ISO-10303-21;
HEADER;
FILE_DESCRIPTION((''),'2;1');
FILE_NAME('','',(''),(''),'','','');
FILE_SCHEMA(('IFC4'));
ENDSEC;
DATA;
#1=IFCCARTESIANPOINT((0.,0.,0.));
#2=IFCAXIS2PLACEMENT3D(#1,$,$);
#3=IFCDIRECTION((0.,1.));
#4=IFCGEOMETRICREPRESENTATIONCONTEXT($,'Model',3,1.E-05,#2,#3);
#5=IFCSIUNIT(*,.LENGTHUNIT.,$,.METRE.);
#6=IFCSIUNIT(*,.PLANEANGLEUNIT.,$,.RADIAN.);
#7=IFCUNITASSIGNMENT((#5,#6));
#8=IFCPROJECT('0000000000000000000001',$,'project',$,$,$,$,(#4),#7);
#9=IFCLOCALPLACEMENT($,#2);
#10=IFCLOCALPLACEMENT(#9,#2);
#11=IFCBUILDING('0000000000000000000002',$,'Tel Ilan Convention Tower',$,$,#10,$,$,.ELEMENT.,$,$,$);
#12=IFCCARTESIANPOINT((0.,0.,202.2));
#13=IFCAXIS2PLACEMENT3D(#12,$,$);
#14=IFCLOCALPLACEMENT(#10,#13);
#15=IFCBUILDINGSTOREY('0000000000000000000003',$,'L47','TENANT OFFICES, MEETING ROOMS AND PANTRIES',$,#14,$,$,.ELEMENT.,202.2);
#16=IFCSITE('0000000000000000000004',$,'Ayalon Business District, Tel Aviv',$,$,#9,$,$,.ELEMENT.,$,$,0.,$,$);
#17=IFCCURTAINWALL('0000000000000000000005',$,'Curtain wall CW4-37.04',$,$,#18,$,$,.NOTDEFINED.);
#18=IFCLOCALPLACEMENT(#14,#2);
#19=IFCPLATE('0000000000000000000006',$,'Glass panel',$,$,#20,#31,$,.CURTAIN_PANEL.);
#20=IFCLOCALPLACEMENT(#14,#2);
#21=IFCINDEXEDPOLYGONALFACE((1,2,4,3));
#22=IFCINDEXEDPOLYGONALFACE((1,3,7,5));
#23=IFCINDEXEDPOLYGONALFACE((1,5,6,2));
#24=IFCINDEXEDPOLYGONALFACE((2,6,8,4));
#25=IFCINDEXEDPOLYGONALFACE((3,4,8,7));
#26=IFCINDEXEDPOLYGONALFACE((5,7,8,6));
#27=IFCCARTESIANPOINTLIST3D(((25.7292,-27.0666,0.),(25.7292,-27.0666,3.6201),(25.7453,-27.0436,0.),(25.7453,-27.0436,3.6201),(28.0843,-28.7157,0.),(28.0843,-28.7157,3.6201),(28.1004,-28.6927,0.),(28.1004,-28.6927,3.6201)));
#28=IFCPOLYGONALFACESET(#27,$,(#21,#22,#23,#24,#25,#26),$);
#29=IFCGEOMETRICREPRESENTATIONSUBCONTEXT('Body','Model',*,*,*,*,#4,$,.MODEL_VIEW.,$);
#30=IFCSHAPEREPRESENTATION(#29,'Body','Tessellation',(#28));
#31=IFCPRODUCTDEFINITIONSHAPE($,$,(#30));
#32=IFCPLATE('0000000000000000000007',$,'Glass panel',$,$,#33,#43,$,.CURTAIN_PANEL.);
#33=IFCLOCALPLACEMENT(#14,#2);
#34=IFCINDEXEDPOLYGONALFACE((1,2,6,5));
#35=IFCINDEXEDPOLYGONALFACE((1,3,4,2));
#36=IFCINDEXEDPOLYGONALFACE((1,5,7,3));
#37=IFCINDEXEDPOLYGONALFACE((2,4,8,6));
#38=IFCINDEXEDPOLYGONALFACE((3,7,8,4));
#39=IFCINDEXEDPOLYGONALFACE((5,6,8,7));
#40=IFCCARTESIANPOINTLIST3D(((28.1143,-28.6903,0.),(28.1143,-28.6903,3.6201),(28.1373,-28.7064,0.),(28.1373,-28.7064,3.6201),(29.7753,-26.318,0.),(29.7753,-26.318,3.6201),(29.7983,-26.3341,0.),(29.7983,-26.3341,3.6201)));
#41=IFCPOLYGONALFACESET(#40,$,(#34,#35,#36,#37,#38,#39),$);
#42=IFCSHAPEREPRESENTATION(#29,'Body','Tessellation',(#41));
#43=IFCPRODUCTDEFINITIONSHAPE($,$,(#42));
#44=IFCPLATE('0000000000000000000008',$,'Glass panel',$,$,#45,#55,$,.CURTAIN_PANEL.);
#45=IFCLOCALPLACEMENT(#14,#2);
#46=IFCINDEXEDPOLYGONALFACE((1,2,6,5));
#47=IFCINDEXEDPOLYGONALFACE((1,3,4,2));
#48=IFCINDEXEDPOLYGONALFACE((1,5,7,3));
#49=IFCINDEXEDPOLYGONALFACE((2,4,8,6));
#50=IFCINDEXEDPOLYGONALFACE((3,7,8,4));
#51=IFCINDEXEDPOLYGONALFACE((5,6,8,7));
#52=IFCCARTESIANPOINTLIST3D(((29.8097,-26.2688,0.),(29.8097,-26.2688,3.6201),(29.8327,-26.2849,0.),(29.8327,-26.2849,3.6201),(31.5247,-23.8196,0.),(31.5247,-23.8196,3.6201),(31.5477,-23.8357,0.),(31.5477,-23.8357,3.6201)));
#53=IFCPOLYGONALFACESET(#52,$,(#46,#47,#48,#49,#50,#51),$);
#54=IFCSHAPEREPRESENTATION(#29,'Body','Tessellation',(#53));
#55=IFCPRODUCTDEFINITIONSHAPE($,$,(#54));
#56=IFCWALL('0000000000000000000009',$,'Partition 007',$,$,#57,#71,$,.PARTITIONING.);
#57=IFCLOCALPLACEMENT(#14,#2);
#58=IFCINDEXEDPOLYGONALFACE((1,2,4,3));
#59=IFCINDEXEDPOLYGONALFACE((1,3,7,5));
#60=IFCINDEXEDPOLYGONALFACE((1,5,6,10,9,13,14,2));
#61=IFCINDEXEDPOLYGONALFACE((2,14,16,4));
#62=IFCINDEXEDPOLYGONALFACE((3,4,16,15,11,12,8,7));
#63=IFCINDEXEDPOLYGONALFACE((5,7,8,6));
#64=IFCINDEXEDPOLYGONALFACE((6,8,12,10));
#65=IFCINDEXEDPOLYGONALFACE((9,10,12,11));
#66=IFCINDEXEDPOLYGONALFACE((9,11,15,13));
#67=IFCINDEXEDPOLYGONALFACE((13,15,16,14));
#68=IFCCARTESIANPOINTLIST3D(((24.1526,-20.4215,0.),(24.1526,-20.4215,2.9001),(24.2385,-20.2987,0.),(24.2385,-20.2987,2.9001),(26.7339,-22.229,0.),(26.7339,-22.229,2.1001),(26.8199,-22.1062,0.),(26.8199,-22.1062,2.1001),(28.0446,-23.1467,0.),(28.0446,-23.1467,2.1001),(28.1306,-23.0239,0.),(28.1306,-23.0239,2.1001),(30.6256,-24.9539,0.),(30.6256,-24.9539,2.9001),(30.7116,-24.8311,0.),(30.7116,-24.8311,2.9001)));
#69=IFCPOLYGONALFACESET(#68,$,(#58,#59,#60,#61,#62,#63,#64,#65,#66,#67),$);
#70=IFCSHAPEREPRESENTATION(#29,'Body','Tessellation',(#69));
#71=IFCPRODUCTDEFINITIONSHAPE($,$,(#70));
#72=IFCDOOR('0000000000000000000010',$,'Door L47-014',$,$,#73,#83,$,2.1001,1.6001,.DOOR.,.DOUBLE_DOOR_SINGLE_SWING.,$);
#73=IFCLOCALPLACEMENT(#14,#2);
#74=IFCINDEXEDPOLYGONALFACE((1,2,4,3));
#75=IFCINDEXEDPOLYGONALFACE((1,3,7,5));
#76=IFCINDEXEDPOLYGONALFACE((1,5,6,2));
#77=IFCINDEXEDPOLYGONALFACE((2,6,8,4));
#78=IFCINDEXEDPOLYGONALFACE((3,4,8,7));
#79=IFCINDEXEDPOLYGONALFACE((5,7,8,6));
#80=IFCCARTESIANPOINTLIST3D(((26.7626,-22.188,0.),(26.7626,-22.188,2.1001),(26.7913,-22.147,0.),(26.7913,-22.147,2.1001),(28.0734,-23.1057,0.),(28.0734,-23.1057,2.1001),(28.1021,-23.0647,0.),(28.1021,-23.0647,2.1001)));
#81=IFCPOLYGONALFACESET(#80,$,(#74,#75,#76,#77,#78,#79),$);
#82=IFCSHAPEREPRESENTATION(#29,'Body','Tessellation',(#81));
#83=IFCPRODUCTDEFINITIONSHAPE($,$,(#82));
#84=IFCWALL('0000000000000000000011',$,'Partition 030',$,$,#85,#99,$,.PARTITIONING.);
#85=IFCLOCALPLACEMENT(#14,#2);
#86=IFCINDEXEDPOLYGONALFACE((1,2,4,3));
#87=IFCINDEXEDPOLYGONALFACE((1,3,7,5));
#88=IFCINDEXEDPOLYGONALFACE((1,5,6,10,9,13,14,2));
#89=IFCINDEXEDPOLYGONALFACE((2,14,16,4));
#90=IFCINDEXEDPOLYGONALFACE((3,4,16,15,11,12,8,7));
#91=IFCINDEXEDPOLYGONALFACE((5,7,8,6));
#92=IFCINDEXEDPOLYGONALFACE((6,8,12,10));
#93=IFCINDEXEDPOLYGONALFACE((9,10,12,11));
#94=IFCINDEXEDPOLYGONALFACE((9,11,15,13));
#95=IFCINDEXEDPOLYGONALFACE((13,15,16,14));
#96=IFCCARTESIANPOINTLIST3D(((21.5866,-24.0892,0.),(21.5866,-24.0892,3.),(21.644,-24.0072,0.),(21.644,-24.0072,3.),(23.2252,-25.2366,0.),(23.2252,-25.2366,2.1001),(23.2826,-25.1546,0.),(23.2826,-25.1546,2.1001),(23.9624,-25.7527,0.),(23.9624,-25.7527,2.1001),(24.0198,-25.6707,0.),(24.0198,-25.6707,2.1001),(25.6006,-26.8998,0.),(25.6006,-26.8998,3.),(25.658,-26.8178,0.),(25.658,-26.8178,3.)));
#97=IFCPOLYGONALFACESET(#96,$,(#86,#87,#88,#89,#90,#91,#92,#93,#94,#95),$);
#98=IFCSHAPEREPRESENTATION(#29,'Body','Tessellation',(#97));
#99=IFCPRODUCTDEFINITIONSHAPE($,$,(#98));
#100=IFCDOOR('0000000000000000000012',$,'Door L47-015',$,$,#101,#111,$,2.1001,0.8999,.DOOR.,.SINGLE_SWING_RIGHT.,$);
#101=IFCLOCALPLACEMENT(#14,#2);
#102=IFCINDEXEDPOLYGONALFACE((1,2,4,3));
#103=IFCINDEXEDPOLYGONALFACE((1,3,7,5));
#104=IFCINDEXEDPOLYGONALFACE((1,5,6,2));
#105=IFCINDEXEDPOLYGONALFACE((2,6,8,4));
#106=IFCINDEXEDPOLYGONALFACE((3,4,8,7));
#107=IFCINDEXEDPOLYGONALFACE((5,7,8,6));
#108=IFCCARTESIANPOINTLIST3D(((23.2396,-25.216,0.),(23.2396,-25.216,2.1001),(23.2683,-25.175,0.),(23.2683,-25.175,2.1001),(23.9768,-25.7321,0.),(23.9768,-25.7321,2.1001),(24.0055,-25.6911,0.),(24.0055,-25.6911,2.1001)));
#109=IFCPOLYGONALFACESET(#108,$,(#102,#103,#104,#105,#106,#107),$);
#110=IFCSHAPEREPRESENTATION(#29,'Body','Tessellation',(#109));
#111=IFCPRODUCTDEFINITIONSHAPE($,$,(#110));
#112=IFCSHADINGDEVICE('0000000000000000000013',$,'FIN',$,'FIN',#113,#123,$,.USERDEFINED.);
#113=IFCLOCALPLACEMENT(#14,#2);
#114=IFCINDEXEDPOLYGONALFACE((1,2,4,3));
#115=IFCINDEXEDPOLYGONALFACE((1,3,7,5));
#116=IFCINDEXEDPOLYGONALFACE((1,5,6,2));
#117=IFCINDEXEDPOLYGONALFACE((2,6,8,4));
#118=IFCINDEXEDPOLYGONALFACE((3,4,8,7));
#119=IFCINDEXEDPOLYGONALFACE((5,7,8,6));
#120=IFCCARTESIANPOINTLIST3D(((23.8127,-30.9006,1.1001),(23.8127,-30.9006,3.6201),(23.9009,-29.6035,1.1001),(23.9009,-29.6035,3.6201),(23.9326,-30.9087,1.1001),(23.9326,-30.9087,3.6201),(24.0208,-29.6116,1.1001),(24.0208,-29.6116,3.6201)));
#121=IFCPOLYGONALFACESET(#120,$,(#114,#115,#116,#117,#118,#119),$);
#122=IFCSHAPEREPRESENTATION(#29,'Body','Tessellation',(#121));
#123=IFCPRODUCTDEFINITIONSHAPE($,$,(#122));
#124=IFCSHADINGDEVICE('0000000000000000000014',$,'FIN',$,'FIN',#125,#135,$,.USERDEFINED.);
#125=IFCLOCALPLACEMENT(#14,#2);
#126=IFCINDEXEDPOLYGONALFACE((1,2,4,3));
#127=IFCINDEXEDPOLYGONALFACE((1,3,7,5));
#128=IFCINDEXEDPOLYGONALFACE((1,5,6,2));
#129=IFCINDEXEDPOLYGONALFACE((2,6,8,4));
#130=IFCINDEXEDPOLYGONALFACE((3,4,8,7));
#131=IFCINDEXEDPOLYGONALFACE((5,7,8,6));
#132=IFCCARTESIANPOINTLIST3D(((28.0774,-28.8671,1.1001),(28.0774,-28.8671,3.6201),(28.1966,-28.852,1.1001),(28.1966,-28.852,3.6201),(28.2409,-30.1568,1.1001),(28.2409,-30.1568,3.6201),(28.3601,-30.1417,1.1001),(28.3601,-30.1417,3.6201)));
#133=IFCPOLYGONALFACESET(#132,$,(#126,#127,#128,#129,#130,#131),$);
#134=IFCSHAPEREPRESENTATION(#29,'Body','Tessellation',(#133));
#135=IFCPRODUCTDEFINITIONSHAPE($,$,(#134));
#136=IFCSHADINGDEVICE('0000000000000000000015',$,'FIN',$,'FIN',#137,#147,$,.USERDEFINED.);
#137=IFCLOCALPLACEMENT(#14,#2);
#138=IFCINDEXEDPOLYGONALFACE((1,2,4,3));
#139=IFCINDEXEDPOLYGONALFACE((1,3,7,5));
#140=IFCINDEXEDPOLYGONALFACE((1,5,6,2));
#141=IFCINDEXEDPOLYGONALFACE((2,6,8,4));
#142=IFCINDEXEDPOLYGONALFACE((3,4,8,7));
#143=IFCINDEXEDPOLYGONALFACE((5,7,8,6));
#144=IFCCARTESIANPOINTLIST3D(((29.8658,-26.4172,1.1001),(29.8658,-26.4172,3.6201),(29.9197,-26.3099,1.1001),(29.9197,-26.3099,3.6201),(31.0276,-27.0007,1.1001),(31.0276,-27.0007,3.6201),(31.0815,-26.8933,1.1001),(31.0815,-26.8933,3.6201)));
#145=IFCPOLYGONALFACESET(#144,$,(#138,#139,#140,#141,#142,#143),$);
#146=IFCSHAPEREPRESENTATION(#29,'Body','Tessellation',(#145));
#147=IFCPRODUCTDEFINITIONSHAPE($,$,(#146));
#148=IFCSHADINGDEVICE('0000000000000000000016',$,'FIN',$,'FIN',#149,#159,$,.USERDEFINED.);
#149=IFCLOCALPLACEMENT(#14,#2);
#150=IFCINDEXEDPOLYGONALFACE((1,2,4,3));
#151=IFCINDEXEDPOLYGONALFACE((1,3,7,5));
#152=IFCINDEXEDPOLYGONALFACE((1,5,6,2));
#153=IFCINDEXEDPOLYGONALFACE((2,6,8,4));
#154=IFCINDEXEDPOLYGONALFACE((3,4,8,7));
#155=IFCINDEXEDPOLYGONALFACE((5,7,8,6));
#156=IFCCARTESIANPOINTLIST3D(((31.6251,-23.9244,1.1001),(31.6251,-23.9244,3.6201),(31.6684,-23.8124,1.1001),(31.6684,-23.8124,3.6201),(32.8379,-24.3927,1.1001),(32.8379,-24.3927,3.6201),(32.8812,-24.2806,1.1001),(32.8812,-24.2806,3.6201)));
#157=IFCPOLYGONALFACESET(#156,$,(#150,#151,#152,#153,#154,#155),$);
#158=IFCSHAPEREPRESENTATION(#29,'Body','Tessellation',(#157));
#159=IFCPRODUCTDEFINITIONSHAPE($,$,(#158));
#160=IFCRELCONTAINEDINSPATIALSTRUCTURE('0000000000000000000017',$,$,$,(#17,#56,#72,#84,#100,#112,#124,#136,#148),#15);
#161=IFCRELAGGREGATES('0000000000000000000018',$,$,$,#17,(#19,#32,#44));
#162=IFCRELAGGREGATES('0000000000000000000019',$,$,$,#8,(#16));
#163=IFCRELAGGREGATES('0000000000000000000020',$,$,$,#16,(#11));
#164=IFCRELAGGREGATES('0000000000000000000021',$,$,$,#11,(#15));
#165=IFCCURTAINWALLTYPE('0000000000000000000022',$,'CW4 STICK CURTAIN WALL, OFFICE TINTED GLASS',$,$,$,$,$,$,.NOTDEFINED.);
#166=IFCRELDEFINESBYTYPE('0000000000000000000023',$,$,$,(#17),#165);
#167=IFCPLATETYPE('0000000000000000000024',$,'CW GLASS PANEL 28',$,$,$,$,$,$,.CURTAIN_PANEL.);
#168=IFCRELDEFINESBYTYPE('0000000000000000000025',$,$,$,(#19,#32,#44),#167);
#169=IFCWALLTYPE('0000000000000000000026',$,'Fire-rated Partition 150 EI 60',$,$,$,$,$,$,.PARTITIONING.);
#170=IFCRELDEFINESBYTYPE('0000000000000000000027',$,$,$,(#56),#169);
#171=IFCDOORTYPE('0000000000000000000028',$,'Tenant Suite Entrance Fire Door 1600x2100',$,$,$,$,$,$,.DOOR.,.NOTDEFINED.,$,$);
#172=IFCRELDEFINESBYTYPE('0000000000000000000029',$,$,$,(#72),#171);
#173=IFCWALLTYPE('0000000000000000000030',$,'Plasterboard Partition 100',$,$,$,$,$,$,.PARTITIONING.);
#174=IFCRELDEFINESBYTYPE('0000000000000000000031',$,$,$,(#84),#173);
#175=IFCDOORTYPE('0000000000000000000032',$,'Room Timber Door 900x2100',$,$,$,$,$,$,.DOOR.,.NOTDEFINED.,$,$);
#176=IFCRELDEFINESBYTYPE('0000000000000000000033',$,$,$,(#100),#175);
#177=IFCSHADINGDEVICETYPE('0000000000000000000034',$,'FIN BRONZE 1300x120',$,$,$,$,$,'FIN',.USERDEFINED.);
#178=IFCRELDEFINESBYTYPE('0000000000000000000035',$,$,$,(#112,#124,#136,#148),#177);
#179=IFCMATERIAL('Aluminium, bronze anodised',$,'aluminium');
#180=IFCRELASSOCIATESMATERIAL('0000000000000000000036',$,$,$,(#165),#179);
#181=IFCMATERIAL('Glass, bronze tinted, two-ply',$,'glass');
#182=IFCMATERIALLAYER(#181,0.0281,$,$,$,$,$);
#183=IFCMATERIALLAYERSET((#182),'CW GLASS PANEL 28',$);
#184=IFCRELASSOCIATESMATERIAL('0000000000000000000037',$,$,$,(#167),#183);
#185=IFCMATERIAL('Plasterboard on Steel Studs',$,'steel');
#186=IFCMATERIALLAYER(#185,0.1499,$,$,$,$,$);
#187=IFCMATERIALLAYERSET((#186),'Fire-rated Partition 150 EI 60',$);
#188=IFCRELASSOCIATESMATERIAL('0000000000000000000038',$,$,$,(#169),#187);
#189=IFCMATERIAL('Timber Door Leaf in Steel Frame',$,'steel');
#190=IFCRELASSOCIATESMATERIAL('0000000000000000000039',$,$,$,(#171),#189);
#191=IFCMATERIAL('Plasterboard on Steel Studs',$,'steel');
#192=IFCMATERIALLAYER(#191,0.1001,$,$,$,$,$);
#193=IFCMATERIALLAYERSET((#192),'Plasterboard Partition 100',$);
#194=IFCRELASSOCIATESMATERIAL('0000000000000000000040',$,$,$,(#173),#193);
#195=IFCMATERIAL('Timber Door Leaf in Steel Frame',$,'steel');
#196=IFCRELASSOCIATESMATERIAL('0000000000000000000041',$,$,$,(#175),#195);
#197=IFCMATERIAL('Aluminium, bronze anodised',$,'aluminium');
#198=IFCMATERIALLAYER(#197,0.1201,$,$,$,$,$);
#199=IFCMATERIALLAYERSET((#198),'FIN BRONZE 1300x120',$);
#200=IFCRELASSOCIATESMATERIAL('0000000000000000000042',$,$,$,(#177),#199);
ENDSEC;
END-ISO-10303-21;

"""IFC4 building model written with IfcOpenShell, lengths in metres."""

from ifc_helpers import new_model, si_unit, direction, frame, frame_2d, origin, origin_2d, place, context, subcontext, project, spatial, rectangle, extrude, material, layer, layer_set, type_object, element, fill, aggregate, save


model = new_model("IFC4")

# Units and contexts
model_context = context("Model", 3, precision=1e-05, world=origin(), true_north=direction((0.0, 1.0)))
body_context = subcontext(model_context, "Body", "Model", "MODEL_VIEW")
ifc_project = project(units=[si_unit("LENGTHUNIT", "METRE"), si_unit("PLANEANGLEUNIT", "RADIAN")], contexts=[model_context])

# Site, building, storey
site_placement = place(None, origin())
site = spatial("IfcSite", under=ifc_project, at=site_placement, Name="Ayalon Business District, Tel Aviv", CompositionType="ELEMENT", RefElevation=0.0)
building_placement = place(site_placement, origin())
building = spatial("IfcBuilding", under=site, at=building_placement, Name="Tel Ilan Convention Tower", CompositionType="ELEMENT")
storey_placement = place(building_placement, frame((0.0, 0.0, 202.2)))
storey = spatial("IfcBuildingStorey", under=building, at=storey_placement, Name="L47", Description="TENANT OFFICES, MEETING ROOMS AND PANTRIES", CompositionType="ELEMENT", Elevation=202.2)

# Curtain wall, plates
ifc_material_1 = material(Name="Aluminium, bronze anodised", Category="aluminium")
curtain_wall_type = type_object("IfcCurtainWallType", Name="CW4 STICK CURTAIN WALL, OFFICE TINTED GLASS", PredefinedType="NOTDEFINED", material=ifc_material_1)
curtain_wall_placement = place(storey_placement, origin())
curtain_wall = element("IfcCurtainWall", 1, at=curtain_wall_placement, inside=storey, type_object=curtain_wall_type, Name="Curtain wall CW4-37.04", PredefinedType="NOTDEFINED")
ifc_material_2 = material(Name="Glass, bronze tinted, two-ply", Category="glass")
ifc_layer_1 = layer(ifc_material_2, 0.0281)
ifc_layer_set_1 = layer_set([ifc_layer_1], Name="CW GLASS PANEL 28")
plate_type = type_object("IfcPlateType", Name="CW GLASS PANEL 28", PredefinedType="CURTAIN_PANEL", material=ifc_layer_set_1)
plate_1_placement = place(storey_placement, frame((26.9148, -27.8796, 0.0), z_axis=(0.0, 0.0, 1.0), x_axis=(0.819152, -0.573576, 0.0)))
plate_1 = element("IfcPlate", 2, at=plate_1_placement, type_object=plate_type, Name="Glass panel", PredefinedType="CURTAIN_PANEL", context=body_context, shape_type="SweptSolid", body=[
    extrude(rectangle(XDim=2.875, YDim=0.0281, at=origin_2d()), origin(), (0.0, 0.0, 1.0), 3.6201),
])
plate_2_placement = place(storey_placement, frame((28.9563, -27.5122, 0.0), z_axis=(0.0, 0.0, 1.0), x_axis=(0.573576, 0.819152, 0.0)))
plate_2 = element("IfcPlate", 3, at=plate_2_placement, type_object=plate_type, Name="Glass panel", PredefinedType="CURTAIN_PANEL", context=body_context, shape_type="SweptSolid", body=[
    extrude(rectangle(XDim=2.896, YDim=0.0281, at=origin_2d()), origin(), (0.0, 0.0, 1.0), 3.6201),
])
plate_3_placement = place(storey_placement, frame((30.6787, -25.0522, 0.0), z_axis=(0.0, 0.0, 1.0), x_axis=(0.573576, 0.819152, 0.0)))
plate_3 = element("IfcPlate", 4, at=plate_3_placement, type_object=plate_type, Name="Glass panel", PredefinedType="CURTAIN_PANEL", context=body_context, shape_type="SweptSolid", body=[
    extrude(rectangle(XDim=2.99, YDim=0.0281, at=origin_2d()), origin(), (0.0, 0.0, 1.0), 3.6201),
])
aggregate(curtain_wall, [plate_1, plate_2, plate_3])

# Walls, openings, doors
ifc_material_3 = material(Name="Plasterboard on Steel Studs", Category="steel")
ifc_layer_2 = layer(ifc_material_3, 0.1499)
ifc_layer_set_2 = layer_set([ifc_layer_2], Name="Fire-rated Partition 150 EI 60")
wall_type_1 = type_object("IfcWallType", Name="Fire-rated Partition 150 EI 60", PredefinedType="PARTITIONING", material=ifc_layer_set_2)
wall_1_placement = place(storey_placement, frame((30.6687, -24.8926, 0.0), z_axis=(0.0, 0.0, 1.0), x_axis=(-0.819156, 0.57357, 0.0)))
wall_1 = element("IfcWall", 5, at=wall_1_placement, inside=storey, type_object=wall_type_1, Name="Partition 007", PredefinedType="PARTITIONING", context=body_context, shape_type="SweptSolid", body=[
    extrude(rectangle(XDim=7.9021, YDim=0.1499, at=frame_2d((3.9512, 0.0))), origin(), (0.0, 0.0, 1.0), 2.9001),
])
opening_1_placement = place(wall_1_placement, frame((3.1509, 0.0, 0.0)))
opening_1 = element("IfcOpeningElement", 6, at=opening_1_placement, cuts=wall_1, PredefinedType="OPENING", context=body_context, shape_type="SweptSolid", body=[
    extrude(rectangle(XDim=1.6001, YDim=2.1001, at=frame_2d((0.8, 1.05))), frame((0.0, 0.085, 0.0), z_axis=(0.0, -1.0, 0.0), x_axis=(1.0, 0.0, 0.0)), (0.0, 0.0, 1.0), 0.1699),
])
ifc_material_4 = material(Name="Timber Door Leaf in Steel Frame", Category="steel")
door_type_1 = type_object("IfcDoorType", Name="Tenant Suite Entrance Fire Door 1600x2100", OperationType="NOTDEFINED", PredefinedType="DOOR", material=ifc_material_4)
door_1_placement = place(opening_1_placement, origin())
door_1 = element("IfcDoor", 7, at=door_1_placement, inside=storey, type_object=door_type_1, Name="Door L47-014", OperationType="DOUBLE_DOOR_SINGLE_SWING", OverallHeight=2.1001, OverallWidth=1.6001, PredefinedType="DOOR", context=body_context, shape_type="SweptSolid", body=[
    extrude(rectangle(XDim=1.6001, YDim=2.1001, at=frame_2d((0.8, 1.05))), frame((0.0, 0.0249, 0.0), z_axis=(0.0, -1.0, 0.0), x_axis=(1.0, 0.0, 0.0)), (0.0, 0.0, 1.0), 0.05),
])
fill(opening_1, door_1)
ifc_material_5 = material(Name="Plasterboard on Steel Studs", Category="steel")
ifc_layer_3 = layer(ifc_material_5, 0.1001)
ifc_layer_set_3 = layer_set([ifc_layer_3], Name="Plasterboard Partition 100")
wall_type_2 = type_object("IfcWallType", Name="Plasterboard Partition 100", PredefinedType="PARTITIONING", material=ifc_layer_set_3)
wall_2_placement = place(storey_placement, frame((25.6294, -26.8589, 0.0), z_axis=(0.0, 0.0, 1.0), x_axis=(-0.819155, 0.573573, 0.0)))
wall_2 = element("IfcWall", 8, at=wall_2_placement, inside=storey, type_object=wall_type_2, Name="Partition 030", PredefinedType="PARTITIONING", context=body_context, shape_type="SweptSolid", body=[
    extrude(rectangle(XDim=4.9001, YDim=0.1001, at=frame_2d((2.4502, 0.0))), origin(), (0.0, 0.0, 1.0), 3.0),
])
opening_2_placement = place(wall_2_placement, frame((2.0, 0.0, 0.0)))
opening_2 = element("IfcOpeningElement", 9, at=opening_2_placement, cuts=wall_2, PredefinedType="OPENING", context=body_context, shape_type="SweptSolid", body=[
    extrude(rectangle(XDim=0.8999, YDim=2.1001, at=frame_2d((0.45, 1.05))), frame((0.0, 0.0601, 0.0), z_axis=(0.0, -1.0, 0.0), x_axis=(1.0, 0.0, 0.0)), (0.0, 0.0, 1.0), 0.1201),
])
ifc_material_6 = material(Name="Timber Door Leaf in Steel Frame", Category="steel")
door_type_2 = type_object("IfcDoorType", Name="Room Timber Door 900x2100", OperationType="NOTDEFINED", PredefinedType="DOOR", material=ifc_material_6)
door_2_placement = place(opening_2_placement, origin())
door_2 = element("IfcDoor", 10, at=door_2_placement, inside=storey, type_object=door_type_2, Name="Door L47-015", OperationType="SINGLE_SWING_RIGHT", OverallHeight=2.1001, OverallWidth=0.8999, PredefinedType="DOOR", context=body_context, shape_type="SweptSolid", body=[
    extrude(rectangle(XDim=0.8999, YDim=2.1001, at=frame_2d((0.45, 1.05))), frame((0.0, 0.0249, 0.0), z_axis=(0.0, -1.0, 0.0), x_axis=(1.0, 0.0, 0.0)), (0.0, 0.0, 1.0), 0.05),
])
fill(opening_2, door_2)

# Shading devices
ifc_material_7 = material(Name="Aluminium, bronze anodised", Category="aluminium")
ifc_layer_4 = layer(ifc_material_7, 0.1201)
ifc_layer_set_4 = layer_set([ifc_layer_4], Name="FIN BRONZE 1300x120")
shading_device_type = type_object("IfcShadingDeviceType", Name="FIN BRONZE 1300x120", ElementType="FIN", PredefinedType="USERDEFINED", material=ifc_layer_set_4)
for number, where, z_axis, x_axis, name in (
    (11, (23.9167, -30.2561, 1.1001), (0.0, 0.0, 1.0), (-0.067822, -0.997697, 0.0), "FIN"),
    (12, (28.2188, -29.5044, 1.1001), (0.0, 0.0, 1.0), (0.125718, -0.992066, 0.0), "FIN"),
    (13, (30.4736, -26.6553, 1.1001), (0.0, 0.0, 1.0), (0.893633, -0.448799, 0.0), "FIN"),
    (14, (32.2532, -24.1025, 1.1001), (0.0, 0.0, 1.0), (0.932884, -0.360178, 0.0), "FIN"),
):
    element("IfcShadingDevice", number, at=place(storey_placement, frame(where, z_axis=z_axis, x_axis=x_axis)), inside=storey, type_object=shading_device_type, Name=name, ObjectType="FIN", PredefinedType="USERDEFINED", context=body_context, shape_type="SweptSolid", body=[
        extrude(rectangle(XDim=1.3, YDim=0.1201, at=origin_2d()), origin(), (0.0, 0.0, 1.0), 2.52),
    ])

save(model, "model.ifc")
